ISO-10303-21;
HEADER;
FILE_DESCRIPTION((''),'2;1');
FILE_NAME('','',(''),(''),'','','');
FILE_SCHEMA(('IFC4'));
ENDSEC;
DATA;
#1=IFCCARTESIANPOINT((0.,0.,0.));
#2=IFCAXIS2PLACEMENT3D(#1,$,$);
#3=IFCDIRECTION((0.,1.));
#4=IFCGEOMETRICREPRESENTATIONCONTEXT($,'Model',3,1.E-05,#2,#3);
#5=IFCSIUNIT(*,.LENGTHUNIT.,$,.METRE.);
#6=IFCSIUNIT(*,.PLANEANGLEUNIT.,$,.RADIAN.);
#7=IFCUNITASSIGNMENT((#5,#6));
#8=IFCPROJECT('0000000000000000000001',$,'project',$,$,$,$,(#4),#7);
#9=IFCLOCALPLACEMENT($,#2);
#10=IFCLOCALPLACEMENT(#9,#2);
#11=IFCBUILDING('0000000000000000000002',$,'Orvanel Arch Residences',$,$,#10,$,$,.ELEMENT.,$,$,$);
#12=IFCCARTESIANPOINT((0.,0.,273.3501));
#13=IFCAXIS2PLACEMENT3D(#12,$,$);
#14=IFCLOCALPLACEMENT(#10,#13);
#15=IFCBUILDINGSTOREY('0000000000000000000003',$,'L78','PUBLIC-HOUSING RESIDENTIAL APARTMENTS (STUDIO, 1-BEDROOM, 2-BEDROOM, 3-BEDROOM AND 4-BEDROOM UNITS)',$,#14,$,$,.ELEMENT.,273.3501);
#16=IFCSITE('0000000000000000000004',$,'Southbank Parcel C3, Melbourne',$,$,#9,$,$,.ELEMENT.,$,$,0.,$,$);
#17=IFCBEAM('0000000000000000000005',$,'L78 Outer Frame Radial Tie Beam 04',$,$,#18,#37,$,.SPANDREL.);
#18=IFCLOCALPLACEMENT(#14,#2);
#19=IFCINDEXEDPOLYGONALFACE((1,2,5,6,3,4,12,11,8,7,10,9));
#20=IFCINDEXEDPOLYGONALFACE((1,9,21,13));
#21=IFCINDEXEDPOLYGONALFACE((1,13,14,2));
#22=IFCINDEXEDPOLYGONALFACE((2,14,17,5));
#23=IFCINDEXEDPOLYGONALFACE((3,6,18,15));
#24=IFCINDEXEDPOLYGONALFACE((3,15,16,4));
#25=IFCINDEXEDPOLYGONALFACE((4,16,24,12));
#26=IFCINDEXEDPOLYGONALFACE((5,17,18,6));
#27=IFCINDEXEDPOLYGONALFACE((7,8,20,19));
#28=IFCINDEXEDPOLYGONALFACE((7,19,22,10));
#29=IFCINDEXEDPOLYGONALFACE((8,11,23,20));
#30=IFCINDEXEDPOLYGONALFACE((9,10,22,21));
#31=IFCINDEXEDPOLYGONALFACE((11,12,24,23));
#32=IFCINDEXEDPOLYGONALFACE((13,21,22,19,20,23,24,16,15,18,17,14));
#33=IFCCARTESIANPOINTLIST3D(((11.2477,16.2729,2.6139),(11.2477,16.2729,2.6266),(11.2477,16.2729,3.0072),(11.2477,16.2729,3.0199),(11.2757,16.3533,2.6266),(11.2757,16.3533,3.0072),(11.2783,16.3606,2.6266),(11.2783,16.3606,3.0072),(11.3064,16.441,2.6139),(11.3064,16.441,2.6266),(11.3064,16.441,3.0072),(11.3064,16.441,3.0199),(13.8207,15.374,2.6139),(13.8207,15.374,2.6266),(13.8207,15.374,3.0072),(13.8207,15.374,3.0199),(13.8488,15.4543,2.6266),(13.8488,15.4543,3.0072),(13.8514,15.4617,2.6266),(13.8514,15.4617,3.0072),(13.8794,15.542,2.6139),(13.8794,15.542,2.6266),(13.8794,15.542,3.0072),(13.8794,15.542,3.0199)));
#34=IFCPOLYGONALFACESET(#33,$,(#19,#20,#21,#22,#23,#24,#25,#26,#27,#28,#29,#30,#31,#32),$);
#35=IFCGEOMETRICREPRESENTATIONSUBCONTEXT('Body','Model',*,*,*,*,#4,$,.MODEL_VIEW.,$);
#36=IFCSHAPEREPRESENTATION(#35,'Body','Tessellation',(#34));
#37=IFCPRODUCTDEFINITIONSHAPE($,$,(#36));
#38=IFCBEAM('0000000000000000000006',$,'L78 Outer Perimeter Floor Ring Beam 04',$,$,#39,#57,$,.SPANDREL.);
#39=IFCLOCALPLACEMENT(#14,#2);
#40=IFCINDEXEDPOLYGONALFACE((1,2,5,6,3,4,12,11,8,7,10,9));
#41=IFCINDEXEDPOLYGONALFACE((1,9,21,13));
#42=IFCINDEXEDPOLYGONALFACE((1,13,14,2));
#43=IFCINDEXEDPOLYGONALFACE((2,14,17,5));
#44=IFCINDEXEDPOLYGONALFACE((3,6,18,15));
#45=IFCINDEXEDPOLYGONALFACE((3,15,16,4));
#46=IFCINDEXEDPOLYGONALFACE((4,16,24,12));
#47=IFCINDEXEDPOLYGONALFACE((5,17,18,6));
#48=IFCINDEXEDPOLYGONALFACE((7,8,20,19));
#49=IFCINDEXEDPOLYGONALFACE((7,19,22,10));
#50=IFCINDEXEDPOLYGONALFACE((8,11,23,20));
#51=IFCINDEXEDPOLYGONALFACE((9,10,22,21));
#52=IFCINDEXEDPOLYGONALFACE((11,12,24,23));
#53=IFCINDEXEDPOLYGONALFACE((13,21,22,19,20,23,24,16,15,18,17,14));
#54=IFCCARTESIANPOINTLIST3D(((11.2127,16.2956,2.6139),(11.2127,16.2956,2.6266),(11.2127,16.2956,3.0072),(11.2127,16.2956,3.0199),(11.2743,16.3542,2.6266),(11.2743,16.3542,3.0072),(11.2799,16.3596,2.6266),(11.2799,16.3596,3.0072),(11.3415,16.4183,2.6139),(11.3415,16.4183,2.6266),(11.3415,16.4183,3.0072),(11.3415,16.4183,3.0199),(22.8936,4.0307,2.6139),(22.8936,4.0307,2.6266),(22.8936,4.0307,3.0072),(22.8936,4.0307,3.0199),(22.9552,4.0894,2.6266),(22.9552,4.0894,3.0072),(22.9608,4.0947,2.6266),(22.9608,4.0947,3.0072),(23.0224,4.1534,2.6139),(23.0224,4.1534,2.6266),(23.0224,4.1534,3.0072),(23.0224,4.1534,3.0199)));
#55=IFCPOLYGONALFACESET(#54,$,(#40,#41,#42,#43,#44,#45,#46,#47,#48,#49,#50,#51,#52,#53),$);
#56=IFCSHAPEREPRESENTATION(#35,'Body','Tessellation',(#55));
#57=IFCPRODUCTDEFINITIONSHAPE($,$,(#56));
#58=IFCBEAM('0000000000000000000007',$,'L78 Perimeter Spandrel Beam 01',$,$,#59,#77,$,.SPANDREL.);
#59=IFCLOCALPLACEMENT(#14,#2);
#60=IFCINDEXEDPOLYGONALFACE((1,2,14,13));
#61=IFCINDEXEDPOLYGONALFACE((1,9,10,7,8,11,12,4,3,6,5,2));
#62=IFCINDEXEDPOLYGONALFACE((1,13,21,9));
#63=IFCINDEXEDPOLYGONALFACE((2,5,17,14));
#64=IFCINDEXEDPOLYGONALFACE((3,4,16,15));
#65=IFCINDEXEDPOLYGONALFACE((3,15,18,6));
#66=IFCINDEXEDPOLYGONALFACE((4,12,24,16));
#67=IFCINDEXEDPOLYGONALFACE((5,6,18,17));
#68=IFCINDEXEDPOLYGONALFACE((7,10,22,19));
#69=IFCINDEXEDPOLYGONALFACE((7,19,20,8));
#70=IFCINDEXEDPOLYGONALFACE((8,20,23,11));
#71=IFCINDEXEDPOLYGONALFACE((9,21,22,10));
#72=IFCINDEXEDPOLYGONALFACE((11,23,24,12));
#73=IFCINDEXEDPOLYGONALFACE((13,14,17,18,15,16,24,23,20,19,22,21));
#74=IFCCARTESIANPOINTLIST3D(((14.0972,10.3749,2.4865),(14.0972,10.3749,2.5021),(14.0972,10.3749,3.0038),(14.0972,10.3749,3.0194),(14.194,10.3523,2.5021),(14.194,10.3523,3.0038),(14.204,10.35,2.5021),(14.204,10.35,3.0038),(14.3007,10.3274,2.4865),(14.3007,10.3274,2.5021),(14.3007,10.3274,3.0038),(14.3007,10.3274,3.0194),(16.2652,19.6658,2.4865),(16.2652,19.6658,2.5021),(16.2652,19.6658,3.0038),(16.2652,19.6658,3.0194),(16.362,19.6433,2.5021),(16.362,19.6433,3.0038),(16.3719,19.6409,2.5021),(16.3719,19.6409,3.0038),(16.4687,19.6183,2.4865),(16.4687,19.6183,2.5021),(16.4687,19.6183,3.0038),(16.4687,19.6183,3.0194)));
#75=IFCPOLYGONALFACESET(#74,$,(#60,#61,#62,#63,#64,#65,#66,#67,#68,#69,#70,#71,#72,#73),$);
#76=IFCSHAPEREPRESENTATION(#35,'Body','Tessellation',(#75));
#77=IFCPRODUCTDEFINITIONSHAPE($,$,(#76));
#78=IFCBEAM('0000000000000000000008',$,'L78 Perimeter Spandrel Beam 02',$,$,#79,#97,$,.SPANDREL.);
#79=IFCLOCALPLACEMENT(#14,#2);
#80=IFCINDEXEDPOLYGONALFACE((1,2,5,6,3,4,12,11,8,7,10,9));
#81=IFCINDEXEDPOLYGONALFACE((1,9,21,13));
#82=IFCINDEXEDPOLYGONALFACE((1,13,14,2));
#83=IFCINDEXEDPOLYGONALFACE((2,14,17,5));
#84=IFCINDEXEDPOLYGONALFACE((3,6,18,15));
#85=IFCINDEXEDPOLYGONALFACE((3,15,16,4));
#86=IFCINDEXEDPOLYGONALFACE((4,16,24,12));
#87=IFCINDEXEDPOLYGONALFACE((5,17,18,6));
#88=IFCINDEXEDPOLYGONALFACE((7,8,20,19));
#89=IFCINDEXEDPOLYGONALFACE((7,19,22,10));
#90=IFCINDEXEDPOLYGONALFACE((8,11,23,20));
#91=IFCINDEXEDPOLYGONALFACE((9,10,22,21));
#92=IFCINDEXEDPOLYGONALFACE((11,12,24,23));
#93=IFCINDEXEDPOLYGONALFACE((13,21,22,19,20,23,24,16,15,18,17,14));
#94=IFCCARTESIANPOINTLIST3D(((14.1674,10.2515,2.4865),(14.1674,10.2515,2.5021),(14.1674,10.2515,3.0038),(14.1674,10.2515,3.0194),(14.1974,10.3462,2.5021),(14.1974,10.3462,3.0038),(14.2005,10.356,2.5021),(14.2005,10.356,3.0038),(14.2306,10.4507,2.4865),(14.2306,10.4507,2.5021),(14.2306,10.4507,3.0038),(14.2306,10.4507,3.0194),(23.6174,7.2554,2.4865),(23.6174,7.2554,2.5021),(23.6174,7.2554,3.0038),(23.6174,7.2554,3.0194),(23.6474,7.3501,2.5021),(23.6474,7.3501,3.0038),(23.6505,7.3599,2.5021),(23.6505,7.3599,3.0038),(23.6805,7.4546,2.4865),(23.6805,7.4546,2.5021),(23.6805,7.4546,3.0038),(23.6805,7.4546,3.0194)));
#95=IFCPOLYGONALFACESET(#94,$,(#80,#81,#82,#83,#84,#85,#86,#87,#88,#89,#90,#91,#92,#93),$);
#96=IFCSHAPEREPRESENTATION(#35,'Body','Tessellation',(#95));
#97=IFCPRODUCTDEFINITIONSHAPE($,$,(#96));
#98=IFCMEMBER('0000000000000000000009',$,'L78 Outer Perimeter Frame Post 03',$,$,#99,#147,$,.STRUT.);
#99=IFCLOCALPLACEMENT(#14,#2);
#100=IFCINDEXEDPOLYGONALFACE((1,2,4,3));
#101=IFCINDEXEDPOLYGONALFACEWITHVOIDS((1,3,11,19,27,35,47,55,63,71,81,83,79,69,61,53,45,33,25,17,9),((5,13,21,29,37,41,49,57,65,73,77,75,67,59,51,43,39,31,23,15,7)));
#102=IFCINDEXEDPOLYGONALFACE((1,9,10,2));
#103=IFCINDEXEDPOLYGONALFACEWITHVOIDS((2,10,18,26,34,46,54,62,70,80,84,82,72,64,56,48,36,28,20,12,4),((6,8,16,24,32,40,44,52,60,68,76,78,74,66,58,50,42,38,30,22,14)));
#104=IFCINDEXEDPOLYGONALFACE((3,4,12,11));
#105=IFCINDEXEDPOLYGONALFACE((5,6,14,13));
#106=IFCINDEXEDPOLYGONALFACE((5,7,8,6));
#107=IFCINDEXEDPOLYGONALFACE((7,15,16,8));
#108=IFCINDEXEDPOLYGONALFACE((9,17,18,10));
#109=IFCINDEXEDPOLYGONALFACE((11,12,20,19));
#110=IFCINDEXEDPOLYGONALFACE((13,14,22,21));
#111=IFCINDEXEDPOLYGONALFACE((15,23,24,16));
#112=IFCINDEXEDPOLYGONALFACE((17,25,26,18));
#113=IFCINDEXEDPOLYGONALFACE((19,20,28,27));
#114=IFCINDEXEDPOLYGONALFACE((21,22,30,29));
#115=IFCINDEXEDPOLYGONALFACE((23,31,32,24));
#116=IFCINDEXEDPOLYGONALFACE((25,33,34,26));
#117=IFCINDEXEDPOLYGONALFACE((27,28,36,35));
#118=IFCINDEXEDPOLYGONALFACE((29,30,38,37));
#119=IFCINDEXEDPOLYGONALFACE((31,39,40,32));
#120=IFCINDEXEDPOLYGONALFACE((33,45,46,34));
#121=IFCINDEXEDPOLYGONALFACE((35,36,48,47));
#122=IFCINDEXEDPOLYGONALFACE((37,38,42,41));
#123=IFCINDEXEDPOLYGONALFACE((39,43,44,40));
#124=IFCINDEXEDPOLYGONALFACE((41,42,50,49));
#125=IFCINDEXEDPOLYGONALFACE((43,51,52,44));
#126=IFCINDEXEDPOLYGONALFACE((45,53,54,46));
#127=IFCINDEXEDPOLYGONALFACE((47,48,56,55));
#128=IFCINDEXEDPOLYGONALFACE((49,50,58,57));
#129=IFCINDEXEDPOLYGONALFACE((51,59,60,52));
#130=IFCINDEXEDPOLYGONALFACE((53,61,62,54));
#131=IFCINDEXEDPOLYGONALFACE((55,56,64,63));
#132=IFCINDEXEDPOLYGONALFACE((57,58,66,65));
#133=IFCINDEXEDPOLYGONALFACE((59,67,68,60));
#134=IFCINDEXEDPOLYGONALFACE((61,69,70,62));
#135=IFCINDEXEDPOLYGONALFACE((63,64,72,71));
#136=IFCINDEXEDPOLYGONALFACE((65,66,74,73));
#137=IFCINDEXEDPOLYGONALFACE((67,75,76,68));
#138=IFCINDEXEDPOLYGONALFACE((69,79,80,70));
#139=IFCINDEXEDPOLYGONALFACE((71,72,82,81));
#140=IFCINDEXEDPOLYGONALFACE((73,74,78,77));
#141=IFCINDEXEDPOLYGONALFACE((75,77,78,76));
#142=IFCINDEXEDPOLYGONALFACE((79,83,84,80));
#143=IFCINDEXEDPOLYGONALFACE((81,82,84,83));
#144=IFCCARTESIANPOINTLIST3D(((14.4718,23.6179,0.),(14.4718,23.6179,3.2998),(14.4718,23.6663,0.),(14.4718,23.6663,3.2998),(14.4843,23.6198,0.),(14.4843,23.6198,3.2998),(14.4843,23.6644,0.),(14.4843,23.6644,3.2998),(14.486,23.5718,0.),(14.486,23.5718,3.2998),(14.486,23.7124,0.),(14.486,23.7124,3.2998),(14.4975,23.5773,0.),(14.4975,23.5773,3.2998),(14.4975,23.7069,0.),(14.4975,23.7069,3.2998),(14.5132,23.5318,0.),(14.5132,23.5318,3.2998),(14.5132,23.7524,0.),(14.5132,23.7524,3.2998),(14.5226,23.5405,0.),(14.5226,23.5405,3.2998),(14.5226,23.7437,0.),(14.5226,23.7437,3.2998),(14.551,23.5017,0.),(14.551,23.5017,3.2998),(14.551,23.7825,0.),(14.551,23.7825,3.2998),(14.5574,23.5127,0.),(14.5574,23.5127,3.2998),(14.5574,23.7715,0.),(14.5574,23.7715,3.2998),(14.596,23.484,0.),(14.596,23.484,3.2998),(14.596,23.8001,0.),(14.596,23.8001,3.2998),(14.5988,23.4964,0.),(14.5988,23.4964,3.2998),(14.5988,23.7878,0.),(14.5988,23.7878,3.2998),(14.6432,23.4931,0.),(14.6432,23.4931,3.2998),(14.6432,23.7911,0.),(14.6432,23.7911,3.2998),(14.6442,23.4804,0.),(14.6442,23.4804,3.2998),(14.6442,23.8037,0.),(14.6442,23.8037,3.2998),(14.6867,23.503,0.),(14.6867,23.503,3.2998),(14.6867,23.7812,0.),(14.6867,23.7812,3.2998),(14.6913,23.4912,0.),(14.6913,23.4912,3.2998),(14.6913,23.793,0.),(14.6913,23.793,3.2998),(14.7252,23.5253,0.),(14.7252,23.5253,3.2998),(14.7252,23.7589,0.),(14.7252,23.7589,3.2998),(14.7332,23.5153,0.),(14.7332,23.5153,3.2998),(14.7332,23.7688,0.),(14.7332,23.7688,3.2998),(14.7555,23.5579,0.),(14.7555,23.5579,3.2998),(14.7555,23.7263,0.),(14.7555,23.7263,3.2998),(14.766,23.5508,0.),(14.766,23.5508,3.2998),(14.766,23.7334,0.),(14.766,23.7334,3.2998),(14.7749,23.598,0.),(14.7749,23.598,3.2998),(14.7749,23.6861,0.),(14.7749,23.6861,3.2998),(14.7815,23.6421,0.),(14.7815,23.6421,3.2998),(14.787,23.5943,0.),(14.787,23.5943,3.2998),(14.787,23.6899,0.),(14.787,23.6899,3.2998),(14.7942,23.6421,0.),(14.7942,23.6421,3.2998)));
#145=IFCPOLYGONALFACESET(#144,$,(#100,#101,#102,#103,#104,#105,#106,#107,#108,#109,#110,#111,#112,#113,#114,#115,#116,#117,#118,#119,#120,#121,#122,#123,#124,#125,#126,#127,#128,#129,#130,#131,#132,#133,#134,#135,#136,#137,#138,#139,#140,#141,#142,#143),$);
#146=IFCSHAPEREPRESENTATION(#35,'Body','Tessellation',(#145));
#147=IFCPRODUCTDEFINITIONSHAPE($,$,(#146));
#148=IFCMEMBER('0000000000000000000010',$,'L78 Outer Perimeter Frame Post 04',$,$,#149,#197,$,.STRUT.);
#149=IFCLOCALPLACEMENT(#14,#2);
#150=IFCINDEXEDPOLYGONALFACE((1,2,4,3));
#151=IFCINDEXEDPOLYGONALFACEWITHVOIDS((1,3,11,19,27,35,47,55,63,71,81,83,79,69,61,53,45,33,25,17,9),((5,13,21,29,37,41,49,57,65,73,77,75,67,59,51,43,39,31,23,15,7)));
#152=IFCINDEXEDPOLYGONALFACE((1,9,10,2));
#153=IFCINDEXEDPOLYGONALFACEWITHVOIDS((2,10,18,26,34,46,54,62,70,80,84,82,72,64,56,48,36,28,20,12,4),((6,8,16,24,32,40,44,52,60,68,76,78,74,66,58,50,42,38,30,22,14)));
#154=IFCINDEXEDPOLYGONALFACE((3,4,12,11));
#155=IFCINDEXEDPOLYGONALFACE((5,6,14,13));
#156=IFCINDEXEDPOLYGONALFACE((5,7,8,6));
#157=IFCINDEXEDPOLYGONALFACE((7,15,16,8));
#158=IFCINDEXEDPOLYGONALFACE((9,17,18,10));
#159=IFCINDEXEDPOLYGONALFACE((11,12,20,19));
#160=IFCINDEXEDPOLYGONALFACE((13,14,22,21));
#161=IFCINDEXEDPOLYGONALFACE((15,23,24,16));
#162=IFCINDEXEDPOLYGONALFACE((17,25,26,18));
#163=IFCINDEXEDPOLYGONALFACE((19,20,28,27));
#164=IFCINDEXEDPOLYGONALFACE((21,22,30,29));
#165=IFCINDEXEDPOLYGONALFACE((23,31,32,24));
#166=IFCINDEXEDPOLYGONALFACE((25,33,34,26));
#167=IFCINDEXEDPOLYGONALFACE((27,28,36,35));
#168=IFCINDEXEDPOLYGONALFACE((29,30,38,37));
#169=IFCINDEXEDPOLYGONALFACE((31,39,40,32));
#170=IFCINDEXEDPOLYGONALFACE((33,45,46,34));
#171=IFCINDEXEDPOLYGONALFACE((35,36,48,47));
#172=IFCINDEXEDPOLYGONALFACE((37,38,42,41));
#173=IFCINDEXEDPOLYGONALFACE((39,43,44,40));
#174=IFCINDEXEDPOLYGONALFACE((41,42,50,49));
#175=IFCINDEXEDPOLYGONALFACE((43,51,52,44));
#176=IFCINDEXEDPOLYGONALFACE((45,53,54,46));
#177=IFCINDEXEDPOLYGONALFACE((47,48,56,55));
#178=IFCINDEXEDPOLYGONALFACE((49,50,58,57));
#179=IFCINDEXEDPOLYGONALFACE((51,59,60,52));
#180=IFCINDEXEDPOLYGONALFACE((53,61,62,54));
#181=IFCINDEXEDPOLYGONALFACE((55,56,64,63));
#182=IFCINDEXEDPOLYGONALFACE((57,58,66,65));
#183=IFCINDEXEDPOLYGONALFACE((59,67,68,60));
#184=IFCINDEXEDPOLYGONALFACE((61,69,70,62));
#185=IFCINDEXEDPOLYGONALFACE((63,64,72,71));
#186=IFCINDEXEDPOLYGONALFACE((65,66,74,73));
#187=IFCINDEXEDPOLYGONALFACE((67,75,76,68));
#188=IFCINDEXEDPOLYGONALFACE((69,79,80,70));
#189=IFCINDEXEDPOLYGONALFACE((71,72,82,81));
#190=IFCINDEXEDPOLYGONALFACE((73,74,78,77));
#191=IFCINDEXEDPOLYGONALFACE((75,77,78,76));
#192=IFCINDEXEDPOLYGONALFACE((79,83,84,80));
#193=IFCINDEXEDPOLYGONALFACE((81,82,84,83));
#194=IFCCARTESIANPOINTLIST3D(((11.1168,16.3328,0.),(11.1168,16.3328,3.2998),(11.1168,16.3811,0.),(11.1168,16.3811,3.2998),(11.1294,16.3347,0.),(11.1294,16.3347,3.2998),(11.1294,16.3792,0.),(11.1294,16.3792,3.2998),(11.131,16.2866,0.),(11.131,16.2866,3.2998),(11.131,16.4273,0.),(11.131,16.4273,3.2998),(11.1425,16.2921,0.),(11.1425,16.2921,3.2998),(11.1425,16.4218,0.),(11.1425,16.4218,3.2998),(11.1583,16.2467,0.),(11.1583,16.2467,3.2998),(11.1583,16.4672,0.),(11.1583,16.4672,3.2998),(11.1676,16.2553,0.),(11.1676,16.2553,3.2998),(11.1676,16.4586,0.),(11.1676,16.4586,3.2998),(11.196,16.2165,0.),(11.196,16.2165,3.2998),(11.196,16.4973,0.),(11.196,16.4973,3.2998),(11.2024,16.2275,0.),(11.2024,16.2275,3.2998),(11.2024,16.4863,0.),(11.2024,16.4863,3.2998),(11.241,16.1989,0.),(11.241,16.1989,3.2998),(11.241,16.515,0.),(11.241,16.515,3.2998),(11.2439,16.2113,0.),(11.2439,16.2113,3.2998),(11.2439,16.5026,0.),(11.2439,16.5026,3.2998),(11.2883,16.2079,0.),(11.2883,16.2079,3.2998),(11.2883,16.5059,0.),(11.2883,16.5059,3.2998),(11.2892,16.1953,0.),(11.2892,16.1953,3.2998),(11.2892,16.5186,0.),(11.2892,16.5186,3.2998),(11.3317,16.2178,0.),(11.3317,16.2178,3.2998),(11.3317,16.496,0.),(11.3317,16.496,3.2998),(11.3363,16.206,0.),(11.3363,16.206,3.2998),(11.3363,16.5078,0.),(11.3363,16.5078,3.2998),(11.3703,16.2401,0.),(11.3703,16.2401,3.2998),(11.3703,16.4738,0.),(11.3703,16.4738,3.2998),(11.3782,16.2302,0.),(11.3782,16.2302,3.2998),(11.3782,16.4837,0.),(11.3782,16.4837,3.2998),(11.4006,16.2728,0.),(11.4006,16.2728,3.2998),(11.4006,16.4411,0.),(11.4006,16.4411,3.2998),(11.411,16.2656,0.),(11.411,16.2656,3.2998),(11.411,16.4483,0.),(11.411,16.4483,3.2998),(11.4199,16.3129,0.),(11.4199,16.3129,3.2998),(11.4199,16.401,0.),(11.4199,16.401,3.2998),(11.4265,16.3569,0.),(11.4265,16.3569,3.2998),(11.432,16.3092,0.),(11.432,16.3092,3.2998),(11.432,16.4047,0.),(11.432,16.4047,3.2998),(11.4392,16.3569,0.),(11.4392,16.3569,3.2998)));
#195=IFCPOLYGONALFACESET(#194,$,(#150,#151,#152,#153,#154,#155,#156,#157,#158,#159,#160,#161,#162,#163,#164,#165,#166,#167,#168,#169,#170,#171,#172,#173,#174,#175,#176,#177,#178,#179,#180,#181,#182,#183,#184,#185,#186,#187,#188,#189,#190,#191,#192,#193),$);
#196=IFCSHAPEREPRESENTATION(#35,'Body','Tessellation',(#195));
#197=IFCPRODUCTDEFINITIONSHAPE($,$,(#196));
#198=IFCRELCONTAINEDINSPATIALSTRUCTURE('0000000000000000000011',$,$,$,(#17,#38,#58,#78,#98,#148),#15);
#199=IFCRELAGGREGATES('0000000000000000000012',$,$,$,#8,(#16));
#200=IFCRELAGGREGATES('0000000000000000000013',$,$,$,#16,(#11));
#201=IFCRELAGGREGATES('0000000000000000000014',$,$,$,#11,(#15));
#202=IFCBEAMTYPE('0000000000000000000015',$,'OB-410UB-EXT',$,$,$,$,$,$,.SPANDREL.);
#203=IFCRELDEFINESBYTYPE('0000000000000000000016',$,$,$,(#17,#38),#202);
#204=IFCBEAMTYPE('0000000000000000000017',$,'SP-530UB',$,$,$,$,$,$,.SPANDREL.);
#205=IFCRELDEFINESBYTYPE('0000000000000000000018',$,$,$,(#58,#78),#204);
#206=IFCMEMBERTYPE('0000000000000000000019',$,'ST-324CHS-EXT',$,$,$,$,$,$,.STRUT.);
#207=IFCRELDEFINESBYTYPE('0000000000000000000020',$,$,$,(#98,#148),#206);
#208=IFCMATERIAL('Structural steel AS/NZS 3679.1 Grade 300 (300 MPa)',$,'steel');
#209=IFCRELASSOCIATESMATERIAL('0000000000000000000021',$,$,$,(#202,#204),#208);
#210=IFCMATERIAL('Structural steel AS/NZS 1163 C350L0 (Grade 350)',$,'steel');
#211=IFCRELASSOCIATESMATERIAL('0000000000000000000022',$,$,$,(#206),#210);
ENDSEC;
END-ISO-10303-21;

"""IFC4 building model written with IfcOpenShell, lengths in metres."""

from ifc_helpers import new_model, si_unit, direction, frame, origin, origin_2d, place, context, subcontext, project, spatial, hollow_circle, i_section, extrude, material, material_profile, profile_set, type_object, element, save


model = new_model("IFC4")

# Units and contexts
model_context = context("Model", 3, precision=1e-05, world=origin(), true_north=direction((0.0, 1.0)))
body_context = subcontext(model_context, "Body", "Model", "MODEL_VIEW")
ifc_project = project(units=[si_unit("LENGTHUNIT", "METRE"), si_unit("PLANEANGLEUNIT", "RADIAN")], contexts=[model_context])

# Site, building, storey
site_placement = place(None, origin())
site = spatial("IfcSite", under=ifc_project, at=site_placement, Name="Southbank Parcel C3, Melbourne", CompositionType="ELEMENT", RefElevation=0.0)
building_placement = place(site_placement, origin())
building = spatial("IfcBuilding", under=site, at=building_placement, Name="Orvanel Arch Residences", CompositionType="ELEMENT")
storey_placement = place(building_placement, frame((0.0, 0.0, 273.3501)))
storey = spatial("IfcBuildingStorey", under=building, at=storey_placement, Name="L78", Description="PUBLIC-HOUSING RESIDENTIAL APARTMENTS (STUDIO, 1-BEDROOM, 2-BEDROOM, 3-BEDROOM AND 4-BEDROOM UNITS)", CompositionType="ELEMENT", Elevation=273.3501)

# Beams
ifc_material_1 = material(Name="Structural steel AS/NZS 3679.1 Grade 300 (300 MPa)", Category="steel")
ifc_material_profile_1 = material_profile(ifc_material_1, i_section(OverallWidth=0.178, OverallDepth=0.406, WebThickness=0.0078, FlangeThickness=0.0127, at=origin_2d()), Name="410UB59.7")
ifc_profile_set_1 = profile_set([ifc_material_profile_1], Name="Structural steel AS/NZS 3679.1 Grade 300 (300 MPa)")
beam_type_1 = type_object("IfcBeamType", Name="OB-410UB-EXT", PredefinedType="SPANDREL", material=ifc_profile_set_1)
beam_1_placement = place(storey_placement, frame((13.8501, 15.458, 2.8169), z_axis=(-0.944044, 0.32982, 0.0), x_axis=(-0.32982, -0.944044, 0.0)))
element("IfcBeam", 1, at=beam_1_placement, inside=storey, type_object=beam_type_1, Name="L78 Outer Frame Radial Tie Beam 04", PredefinedType="SPANDREL", context=body_context, shape_type="SweptSolid", body=[
    extrude(i_section(OverallWidth=0.178, OverallDepth=0.406, WebThickness=0.0078, FlangeThickness=0.0127, at=origin_2d()), origin(), (0.0, 0.0, 1.0), 2.7256),
])
beam_2_placement = place(storey_placement, frame((11.2771, 16.3569, 2.8169), z_axis=(0.689657, -0.724136, 0.0), x_axis=(0.724136, 0.689657, 0.0)))
element("IfcBeam", 2, at=beam_2_placement, inside=storey, type_object=beam_type_1, Name="L78 Outer Perimeter Floor Ring Beam 04", PredefinedType="SPANDREL", context=body_context, shape_type="SweptSolid", body=[
    extrude(i_section(OverallWidth=0.178, OverallDepth=0.406, WebThickness=0.0078, FlangeThickness=0.0127, at=origin_2d()), origin(), (0.0, 0.0, 1.0), 16.9373),
])
ifc_material_profile_2 = material_profile(ifc_material_1, i_section(OverallWidth=0.209, OverallDepth=0.533, WebThickness=0.0103, FlangeThickness=0.0156, at=origin_2d()), Name="530UB92.4")
ifc_profile_set_2 = profile_set([ifc_material_profile_2], Name="Structural steel AS/NZS 3679.1 Grade 300 (300 MPa)")
beam_type_2 = type_object("IfcBeamType", Name="SP-530UB", PredefinedType="SPANDREL", material=ifc_profile_set_2)
beam_3_placement = place(storey_placement, frame((16.3669, 19.6421, 2.7529), z_axis=(-0.227236, -0.97384, 0.0), x_axis=(0.97384, -0.227236, 0.0)))
element("IfcBeam", 3, at=beam_3_placement, inside=storey, type_object=beam_type_2, Name="L78 Perimeter Spandrel Beam 01", PredefinedType="SPANDREL", context=body_context, shape_type="SweptSolid", body=[
    extrude(i_section(OverallWidth=0.209, OverallDepth=0.533, WebThickness=0.0103, FlangeThickness=0.0156, at=origin_2d()), origin(), (0.0, 0.0, 1.0), 9.5405),
])
beam_4_placement = place(storey_placement, frame((14.199, 10.3511, 2.7529), z_axis=(0.953237, -0.302223, 0.0), x_axis=(0.302223, 0.953237, 0.0)))
element("IfcBeam", 4, at=beam_4_placement, inside=storey, type_object=beam_type_2, Name="L78 Perimeter Spandrel Beam 02", PredefinedType="SPANDREL", context=body_context, shape_type="SweptSolid", body=[
    extrude(i_section(OverallWidth=0.209, OverallDepth=0.533, WebThickness=0.0103, FlangeThickness=0.0156, at=origin_2d()), origin(), (0.0, 0.0, 1.0), 9.9136),
])

# Members
ifc_material_2 = material(Name="Structural steel AS/NZS 1163 C350L0 (Grade 350)", Category="steel")
ifc_material_profile_3 = material_profile(ifc_material_2, hollow_circle(Radius=0.1621, WallThickness=0.0127, at=origin_2d()), Name="CHS324x12.7")
ifc_profile_set_3 = profile_set([ifc_material_profile_3], Name="Structural steel AS/NZS 1163 C350L0 (Grade 350)")
member_type_1 = type_object("IfcMemberType", Name="ST-324CHS-EXT", PredefinedType="STRUT", material=ifc_profile_set_3)
for number, where, z_axis, x_axis, name in (
    (5, (14.6321, 23.6421, 0.0), (0.0, 0.0, 1.0), (1.0, 0.0, 0.0), "L78 Outer Perimeter Frame Post 03"),
    (6, (11.2771, 16.3569, 0.0), (0.0, 0.0, 1.0), (1.0, 0.0, 0.0), "L78 Outer Perimeter Frame Post 04"),
):
    element("IfcMember", number, at=place(storey_placement, frame(where, z_axis=z_axis, x_axis=x_axis)), inside=storey, type_object=member_type_1, Name=name, PredefinedType="STRUT", context=body_context, shape_type="SweptSolid", body=[
        extrude(hollow_circle(Radius=0.1621, WallThickness=0.0127, at=origin_2d()), origin(), (0.0, 0.0, 1.0), 3.2998),
    ])

save(model, "model.ifc")
